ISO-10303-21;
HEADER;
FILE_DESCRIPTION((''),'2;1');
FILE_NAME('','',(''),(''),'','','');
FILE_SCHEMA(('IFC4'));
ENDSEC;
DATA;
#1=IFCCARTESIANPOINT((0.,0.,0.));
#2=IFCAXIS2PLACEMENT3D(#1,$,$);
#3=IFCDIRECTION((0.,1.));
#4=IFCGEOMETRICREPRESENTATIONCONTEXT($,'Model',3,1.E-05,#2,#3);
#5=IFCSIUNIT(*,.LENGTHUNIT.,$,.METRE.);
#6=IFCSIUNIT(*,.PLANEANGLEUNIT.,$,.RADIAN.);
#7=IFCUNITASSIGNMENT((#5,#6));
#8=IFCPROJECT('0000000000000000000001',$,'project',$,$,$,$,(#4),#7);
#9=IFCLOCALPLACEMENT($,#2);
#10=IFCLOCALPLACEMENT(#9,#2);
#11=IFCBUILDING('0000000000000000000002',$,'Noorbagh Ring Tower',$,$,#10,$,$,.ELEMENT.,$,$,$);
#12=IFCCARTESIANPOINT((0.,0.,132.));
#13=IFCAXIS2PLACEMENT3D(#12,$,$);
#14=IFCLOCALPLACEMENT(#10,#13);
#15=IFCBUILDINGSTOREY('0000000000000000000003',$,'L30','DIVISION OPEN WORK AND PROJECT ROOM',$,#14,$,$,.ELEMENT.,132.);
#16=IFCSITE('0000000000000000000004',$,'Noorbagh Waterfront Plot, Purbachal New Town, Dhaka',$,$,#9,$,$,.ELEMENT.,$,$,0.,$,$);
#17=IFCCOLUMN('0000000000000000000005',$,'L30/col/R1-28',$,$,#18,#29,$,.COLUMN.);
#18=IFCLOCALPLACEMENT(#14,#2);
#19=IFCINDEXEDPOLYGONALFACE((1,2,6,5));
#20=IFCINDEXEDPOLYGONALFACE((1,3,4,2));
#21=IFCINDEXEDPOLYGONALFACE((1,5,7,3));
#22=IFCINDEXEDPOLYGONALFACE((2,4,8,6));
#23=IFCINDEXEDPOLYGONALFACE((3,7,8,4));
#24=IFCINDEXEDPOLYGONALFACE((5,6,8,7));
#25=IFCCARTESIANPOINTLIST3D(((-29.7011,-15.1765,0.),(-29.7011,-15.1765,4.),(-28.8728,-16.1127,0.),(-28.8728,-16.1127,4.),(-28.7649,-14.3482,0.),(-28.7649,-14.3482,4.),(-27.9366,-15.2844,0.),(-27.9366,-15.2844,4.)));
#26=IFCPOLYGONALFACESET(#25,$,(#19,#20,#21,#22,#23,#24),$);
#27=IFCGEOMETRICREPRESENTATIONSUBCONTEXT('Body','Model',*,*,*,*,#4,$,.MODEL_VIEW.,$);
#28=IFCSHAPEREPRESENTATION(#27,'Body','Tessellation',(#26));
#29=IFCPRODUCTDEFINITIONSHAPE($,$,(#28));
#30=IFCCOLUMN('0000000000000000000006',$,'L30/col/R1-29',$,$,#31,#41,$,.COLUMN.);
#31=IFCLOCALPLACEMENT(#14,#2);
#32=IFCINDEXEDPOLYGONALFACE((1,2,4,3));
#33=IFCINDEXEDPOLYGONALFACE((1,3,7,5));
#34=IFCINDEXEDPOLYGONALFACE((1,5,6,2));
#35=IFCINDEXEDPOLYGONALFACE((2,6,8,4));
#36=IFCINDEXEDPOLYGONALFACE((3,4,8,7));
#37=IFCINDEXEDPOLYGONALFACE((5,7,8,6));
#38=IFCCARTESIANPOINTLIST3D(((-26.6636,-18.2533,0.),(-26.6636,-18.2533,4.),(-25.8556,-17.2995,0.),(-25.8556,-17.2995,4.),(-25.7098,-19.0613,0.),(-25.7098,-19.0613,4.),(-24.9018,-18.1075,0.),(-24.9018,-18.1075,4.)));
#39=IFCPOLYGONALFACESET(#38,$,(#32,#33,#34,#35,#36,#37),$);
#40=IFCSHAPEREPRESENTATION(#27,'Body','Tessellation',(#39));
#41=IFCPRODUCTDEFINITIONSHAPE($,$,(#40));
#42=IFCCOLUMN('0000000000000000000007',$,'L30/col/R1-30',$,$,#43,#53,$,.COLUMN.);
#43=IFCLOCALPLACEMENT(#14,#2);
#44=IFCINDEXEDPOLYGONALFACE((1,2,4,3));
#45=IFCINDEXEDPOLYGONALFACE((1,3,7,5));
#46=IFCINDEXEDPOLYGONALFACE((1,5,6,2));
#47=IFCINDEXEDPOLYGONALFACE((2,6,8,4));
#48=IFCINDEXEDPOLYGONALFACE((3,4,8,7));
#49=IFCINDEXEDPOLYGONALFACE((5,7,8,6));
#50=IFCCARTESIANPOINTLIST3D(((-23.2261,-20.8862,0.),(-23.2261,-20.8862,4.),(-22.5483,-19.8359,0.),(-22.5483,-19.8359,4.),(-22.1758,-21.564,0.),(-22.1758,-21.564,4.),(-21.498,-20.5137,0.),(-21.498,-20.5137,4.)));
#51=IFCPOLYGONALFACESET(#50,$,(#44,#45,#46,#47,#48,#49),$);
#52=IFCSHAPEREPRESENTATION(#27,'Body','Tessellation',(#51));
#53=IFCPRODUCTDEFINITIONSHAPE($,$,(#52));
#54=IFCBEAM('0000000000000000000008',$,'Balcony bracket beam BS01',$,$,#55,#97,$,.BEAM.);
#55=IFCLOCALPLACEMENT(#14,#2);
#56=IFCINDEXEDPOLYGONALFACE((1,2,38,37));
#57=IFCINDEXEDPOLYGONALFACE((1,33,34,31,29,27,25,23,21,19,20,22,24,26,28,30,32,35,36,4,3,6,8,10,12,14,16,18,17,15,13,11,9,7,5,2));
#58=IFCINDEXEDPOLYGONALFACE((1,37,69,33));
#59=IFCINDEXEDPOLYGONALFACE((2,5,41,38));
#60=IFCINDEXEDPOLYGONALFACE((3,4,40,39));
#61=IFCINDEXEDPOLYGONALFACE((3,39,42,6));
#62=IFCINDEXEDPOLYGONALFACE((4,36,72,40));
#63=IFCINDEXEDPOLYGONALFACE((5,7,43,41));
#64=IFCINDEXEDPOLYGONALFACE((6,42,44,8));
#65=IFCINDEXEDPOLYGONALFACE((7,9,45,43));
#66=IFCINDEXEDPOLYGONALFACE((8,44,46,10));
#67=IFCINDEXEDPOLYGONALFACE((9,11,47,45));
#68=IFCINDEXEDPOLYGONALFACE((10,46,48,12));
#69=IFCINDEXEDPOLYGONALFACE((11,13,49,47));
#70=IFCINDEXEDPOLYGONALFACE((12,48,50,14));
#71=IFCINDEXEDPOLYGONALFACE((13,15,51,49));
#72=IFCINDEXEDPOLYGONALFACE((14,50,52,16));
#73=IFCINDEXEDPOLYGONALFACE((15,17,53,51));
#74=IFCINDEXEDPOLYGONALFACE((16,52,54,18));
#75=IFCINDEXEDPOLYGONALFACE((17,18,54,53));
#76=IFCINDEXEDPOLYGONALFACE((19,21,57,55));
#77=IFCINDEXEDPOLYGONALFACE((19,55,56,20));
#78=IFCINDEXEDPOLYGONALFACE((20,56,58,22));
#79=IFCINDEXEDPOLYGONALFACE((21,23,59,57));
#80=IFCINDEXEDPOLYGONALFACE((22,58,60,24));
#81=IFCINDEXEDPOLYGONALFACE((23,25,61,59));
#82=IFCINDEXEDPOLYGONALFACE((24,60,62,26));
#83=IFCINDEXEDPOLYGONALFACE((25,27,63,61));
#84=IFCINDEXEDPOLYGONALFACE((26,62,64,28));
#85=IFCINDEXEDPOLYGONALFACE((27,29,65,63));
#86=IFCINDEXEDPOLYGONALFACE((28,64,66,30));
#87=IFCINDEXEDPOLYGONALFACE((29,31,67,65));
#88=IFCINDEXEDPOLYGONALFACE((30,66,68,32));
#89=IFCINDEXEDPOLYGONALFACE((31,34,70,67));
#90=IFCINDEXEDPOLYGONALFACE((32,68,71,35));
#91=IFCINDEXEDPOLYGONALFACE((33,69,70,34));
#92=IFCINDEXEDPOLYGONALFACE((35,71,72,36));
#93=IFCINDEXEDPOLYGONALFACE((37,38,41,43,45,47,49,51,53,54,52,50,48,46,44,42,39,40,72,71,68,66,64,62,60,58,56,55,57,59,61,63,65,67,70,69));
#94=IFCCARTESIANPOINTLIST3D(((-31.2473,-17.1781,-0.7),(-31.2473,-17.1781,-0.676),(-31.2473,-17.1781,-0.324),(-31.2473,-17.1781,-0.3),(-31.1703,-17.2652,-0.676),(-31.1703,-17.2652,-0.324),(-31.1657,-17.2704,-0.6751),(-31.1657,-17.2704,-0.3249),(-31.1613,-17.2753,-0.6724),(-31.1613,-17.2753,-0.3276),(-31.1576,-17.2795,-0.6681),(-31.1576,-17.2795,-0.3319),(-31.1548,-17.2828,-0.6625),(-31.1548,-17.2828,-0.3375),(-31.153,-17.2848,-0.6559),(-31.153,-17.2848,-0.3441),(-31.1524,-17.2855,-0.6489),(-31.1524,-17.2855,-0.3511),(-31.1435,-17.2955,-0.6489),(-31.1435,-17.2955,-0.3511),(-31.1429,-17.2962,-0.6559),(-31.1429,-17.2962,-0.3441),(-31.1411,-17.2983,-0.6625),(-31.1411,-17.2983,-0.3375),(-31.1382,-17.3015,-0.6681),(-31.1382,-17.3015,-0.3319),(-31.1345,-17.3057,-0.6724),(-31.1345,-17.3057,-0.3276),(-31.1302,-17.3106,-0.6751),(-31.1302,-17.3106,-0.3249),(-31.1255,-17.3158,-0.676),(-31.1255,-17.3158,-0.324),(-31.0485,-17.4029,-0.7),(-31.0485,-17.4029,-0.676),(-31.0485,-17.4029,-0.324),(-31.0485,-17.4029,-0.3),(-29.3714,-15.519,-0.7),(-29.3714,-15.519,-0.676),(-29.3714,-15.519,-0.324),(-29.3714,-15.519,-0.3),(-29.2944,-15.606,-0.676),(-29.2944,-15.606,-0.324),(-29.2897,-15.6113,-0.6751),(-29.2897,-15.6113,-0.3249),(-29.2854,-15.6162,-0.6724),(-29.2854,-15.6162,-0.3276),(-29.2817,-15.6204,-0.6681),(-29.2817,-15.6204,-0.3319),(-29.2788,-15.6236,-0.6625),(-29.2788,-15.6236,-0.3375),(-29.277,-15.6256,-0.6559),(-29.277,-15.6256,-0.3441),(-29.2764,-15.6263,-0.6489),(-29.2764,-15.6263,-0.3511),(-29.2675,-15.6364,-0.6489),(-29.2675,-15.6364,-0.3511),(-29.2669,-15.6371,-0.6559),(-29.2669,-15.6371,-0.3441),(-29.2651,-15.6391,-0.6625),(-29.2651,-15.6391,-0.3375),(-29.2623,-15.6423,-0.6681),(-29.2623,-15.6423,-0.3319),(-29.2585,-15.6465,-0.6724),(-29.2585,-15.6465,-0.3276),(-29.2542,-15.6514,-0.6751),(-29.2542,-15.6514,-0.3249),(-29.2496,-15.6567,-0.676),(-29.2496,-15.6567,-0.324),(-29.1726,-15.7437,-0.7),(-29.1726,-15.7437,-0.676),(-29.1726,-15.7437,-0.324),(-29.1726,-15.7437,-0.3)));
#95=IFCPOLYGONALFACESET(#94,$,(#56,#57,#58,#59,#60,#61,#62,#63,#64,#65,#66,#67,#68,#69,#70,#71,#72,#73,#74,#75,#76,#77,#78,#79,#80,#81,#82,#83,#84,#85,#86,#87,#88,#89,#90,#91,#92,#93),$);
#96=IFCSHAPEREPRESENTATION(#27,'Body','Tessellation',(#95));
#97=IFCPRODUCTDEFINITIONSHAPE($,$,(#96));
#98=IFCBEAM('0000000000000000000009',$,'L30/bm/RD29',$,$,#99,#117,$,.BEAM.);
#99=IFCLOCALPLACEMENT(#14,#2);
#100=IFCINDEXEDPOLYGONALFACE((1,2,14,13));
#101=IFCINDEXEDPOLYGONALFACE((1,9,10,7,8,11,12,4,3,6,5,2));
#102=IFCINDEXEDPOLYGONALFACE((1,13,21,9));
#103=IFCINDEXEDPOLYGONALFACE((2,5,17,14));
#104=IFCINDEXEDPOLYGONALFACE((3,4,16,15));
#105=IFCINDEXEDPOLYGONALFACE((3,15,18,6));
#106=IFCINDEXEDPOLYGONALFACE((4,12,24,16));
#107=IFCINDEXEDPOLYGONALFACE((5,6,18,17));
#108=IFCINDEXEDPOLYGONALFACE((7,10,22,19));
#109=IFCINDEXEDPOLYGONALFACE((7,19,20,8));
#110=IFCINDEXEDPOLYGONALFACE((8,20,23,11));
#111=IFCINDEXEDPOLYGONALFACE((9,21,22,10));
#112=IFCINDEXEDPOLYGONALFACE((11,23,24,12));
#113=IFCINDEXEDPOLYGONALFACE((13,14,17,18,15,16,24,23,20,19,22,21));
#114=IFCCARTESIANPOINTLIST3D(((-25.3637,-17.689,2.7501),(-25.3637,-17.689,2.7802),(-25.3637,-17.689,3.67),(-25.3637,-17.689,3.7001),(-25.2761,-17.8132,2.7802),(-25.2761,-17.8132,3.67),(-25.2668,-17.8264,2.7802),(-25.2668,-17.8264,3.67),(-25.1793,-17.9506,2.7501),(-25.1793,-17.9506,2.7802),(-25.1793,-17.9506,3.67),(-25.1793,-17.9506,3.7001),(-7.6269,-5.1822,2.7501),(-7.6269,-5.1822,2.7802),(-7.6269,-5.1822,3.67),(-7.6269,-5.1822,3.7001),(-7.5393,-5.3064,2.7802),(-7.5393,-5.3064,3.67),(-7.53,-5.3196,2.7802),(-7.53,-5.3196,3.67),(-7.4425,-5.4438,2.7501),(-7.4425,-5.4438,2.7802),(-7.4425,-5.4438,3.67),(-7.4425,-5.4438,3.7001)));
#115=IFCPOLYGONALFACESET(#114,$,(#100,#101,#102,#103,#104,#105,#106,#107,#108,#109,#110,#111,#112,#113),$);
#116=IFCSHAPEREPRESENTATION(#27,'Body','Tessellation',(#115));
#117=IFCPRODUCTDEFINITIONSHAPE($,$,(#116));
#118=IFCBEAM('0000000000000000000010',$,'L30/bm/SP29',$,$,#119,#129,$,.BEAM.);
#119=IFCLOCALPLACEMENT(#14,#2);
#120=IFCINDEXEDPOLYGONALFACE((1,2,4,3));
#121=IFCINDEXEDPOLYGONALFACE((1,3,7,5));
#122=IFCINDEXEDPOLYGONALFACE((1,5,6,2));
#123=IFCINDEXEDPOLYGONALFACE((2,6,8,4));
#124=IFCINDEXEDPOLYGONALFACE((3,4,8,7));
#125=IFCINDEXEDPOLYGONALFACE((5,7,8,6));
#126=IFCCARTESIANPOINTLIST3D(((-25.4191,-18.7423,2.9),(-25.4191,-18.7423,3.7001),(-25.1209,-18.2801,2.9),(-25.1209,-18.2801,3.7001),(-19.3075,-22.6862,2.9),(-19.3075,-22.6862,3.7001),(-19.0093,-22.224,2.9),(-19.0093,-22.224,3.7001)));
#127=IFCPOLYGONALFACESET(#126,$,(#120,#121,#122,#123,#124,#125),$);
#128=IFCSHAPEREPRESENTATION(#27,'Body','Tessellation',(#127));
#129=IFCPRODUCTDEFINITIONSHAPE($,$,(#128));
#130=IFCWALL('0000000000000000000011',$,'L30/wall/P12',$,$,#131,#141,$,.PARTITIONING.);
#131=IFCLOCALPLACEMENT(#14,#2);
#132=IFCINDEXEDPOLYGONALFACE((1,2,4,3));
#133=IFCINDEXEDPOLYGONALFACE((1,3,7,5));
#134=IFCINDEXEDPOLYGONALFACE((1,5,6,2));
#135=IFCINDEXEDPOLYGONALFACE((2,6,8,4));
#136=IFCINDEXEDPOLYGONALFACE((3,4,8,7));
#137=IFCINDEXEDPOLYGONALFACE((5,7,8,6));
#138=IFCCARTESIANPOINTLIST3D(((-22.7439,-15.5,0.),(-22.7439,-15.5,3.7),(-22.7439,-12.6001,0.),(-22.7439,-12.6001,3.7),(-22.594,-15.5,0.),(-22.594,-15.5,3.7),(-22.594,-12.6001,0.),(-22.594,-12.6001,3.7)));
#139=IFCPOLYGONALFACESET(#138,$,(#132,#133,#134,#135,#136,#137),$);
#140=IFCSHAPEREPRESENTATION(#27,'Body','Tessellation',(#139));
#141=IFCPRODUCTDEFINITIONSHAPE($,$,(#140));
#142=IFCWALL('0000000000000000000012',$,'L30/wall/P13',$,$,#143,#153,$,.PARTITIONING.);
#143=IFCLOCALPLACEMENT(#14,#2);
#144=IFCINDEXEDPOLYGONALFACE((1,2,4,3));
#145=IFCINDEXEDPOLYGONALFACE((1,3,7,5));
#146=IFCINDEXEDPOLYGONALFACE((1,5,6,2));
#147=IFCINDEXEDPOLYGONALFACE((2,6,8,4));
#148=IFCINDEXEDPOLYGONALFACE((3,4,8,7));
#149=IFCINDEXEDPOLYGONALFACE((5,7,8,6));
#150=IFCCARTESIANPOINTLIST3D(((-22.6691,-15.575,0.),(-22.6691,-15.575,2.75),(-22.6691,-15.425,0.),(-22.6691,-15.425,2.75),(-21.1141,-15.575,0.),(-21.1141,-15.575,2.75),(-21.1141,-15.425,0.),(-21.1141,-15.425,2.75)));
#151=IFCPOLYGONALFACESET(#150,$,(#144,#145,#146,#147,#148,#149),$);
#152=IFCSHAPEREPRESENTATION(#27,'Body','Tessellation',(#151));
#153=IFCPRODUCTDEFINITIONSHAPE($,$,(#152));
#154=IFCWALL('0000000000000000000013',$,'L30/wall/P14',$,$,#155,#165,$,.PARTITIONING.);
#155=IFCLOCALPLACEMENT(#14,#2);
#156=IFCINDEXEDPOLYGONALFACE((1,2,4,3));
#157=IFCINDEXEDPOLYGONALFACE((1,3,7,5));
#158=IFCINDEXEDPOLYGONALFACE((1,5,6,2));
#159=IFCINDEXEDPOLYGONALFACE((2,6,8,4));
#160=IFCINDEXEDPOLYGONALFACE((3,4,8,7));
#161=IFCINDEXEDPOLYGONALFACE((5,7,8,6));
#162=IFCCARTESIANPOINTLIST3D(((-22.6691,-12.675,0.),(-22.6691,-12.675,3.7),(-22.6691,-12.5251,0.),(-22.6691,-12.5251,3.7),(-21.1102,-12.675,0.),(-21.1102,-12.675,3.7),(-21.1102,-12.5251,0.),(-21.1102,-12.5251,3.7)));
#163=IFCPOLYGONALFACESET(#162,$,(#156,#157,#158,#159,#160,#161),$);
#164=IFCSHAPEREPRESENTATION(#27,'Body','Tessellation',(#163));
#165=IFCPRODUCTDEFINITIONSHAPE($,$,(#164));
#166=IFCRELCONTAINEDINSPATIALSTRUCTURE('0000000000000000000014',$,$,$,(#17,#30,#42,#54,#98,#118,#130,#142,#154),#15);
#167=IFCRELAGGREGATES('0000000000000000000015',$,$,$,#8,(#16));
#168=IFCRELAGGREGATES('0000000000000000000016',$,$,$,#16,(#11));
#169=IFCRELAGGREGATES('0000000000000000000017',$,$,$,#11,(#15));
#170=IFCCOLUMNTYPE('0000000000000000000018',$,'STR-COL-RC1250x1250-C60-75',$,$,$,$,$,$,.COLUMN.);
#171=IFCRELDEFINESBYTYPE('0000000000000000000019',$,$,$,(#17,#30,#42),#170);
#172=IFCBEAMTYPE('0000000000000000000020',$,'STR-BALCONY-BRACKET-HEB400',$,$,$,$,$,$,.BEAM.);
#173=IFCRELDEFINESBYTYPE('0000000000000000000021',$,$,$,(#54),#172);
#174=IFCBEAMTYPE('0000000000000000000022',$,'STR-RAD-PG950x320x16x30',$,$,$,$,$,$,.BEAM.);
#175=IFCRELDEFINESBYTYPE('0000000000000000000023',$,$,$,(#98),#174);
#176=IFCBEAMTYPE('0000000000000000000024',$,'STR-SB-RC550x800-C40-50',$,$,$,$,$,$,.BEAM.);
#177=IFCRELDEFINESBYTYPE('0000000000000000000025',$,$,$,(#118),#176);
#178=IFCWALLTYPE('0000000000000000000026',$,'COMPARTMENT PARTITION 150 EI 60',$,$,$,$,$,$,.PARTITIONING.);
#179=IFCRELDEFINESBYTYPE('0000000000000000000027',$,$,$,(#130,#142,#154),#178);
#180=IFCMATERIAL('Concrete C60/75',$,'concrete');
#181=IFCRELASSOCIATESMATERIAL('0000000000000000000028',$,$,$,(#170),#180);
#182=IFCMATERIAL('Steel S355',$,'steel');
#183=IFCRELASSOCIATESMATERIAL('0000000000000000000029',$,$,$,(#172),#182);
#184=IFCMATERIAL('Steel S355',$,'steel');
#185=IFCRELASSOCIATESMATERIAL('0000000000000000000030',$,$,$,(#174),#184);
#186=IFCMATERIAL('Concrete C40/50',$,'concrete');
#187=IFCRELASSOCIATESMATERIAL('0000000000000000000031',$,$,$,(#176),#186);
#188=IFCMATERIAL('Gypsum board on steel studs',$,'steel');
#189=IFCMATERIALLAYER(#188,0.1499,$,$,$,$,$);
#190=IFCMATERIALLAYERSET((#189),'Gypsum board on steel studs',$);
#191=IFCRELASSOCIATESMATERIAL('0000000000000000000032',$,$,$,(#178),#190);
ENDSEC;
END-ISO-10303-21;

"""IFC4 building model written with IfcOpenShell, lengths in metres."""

from ifc_helpers import new_model, si_unit, direction, frame, frame_2d, origin, origin_2d, place, context, subcontext, project, spatial, rectangle, i_section, extrude, material, layer, layer_set, material_profile, profile_set, type_object, element, save


model = new_model("IFC4")

# Units and contexts
model_context = context("Model", 3, precision=1e-05, world=origin(), true_north=direction((0.0, 1.0)))
body_context = subcontext(model_context, "Body", "Model", "MODEL_VIEW")
ifc_project = project(units=[si_unit("LENGTHUNIT", "METRE"), si_unit("PLANEANGLEUNIT", "RADIAN")], contexts=[model_context])

# Site, building, storey
site_placement = place(None, origin())
site = spatial("IfcSite", under=ifc_project, at=site_placement, Name="Noorbagh Waterfront Plot, Purbachal New Town, Dhaka", CompositionType="ELEMENT", RefElevation=0.0)
building_placement = place(site_placement, origin())
building = spatial("IfcBuilding", under=site, at=building_placement, Name="Noorbagh Ring Tower", CompositionType="ELEMENT")
storey_placement = place(building_placement, frame((0.0, 0.0, 132.0)))
storey = spatial("IfcBuildingStorey", under=building, at=storey_placement, Name="L30", Description="DIVISION OPEN WORK AND PROJECT ROOM", CompositionType="ELEMENT", Elevation=132.0)

# Columns
ifc_material_1 = material(Name="Concrete C60/75", Category="concrete")
ifc_material_profile_1 = material_profile(ifc_material_1, rectangle(XDim=1.25, YDim=1.25, at=origin_2d()), Name="RC1250x1250")
ifc_profile_set_1 = profile_set([ifc_material_profile_1], Name="Concrete C60/75")
column_type = type_object("IfcColumnType", Name="STR-COL-RC1250x1250-C60-75", PredefinedType="COLUMN", material=ifc_profile_set_1)
for number, where, z_axis, x_axis, name in (
    (1, (-28.8188, -15.2305, 0.0), (0.0, 0.0, 1.0), (0.662636, -0.748942, 0.0), "L30/col/R1-28"),
    (2, (-25.7827, -18.1804, 0.0), (0.0, 0.0, 1.0), (0.763035, -0.646357, 0.0), "L30/col/R1-29"),
    (3, (-22.3621, -20.7, 0.0), (0.0, 0.0, 1.0), (0.840248, -0.542203, 0.0), "L30/col/R1-30"),
):
    element("IfcColumn", number, at=place(storey_placement, frame(where, z_axis=z_axis, x_axis=x_axis)), inside=storey, type_object=column_type, Name=name, PredefinedType="COLUMN", context=body_context, shape_type="SweptSolid", body=[
        extrude(rectangle(XDim=1.25, YDim=1.25, at=origin_2d()), origin(), (0.0, 0.0, 1.0), 4.0),
    ])

# Beams
ifc_material_2 = material(Name="Steel S355", Category="steel")
ifc_material_profile_2 = material_profile(ifc_material_2, i_section(OverallWidth=0.3, OverallDepth=0.3999, WebThickness=0.0134, FlangeThickness=0.0239, FilletRadius=0.0271, at=origin_2d()), Name="HEB400")
ifc_profile_set_2 = profile_set([ifc_material_profile_2], Name="Steel S355")
beam_type_1 = type_object("IfcBeamType", Name="STR-BALCONY-BRACKET-HEB400", PredefinedType="BEAM", material=ifc_profile_set_2)
beam_1_placement = place(storey_placement, frame((-29.272, -15.6313, -0.5), z_axis=(-0.749064, -0.662498, 0.0), x_axis=(0.662498, -0.749064, 0.0)))
element("IfcBeam", 4, at=beam_1_placement, inside=storey, type_object=beam_type_1, Name="Balcony bracket beam BS01", PredefinedType="BEAM", context=body_context, shape_type="SweptSolid", body=[
    extrude(i_section(OverallWidth=0.3, OverallDepth=0.3999, WebThickness=0.0134, FlangeThickness=0.0239, FilletRadius=0.0271, at=origin_2d()), origin(), (0.0, 0.0, 1.0), 2.5044),
])
ifc_material_3 = material(Name="Steel S355", Category="steel")
ifc_material_profile_3 = material_profile(ifc_material_3, i_section(OverallWidth=0.3201, OverallDepth=0.95, WebThickness=0.0161, FlangeThickness=0.03, at=origin_2d()), Name="PG950x320x16x30")
ifc_profile_set_3 = profile_set([ifc_material_profile_3], Name="Steel S355")
beam_type_2 = type_object("IfcBeamType", Name="STR-RAD-PG950x320x16x30", PredefinedType="BEAM", material=ifc_profile_set_3)
beam_2_placement = place(storey_placement, frame((-25.2715, -17.8198, 3.2251), z_axis=(0.817256, 0.576275, 0.0), x_axis=(-0.576275, 0.817256, 0.0)))
element("IfcBeam", 5, at=beam_2_placement, inside=storey, type_object=beam_type_2, Name="L30/bm/RD29", PredefinedType="BEAM", context=body_context, shape_type="SweptSolid", body=[
    extrude(i_section(OverallWidth=0.3201, OverallDepth=0.95, WebThickness=0.0161, FlangeThickness=0.03, at=origin_2d()), origin(), (0.0, 0.0, 1.0), 21.7029),
])
ifc_material_4 = material(Name="Concrete C40/50", Category="concrete")
ifc_material_profile_4 = material_profile(ifc_material_4, rectangle(XDim=0.55, YDim=0.8, at=origin_2d()), Name="RC550x800")
ifc_profile_set_4 = profile_set([ifc_material_profile_4], Name="Concrete C40/50")
beam_type_3 = type_object("IfcBeamType", Name="STR-SB-RC550x800-C40-50", PredefinedType="BEAM", material=ifc_profile_set_4)
beam_3_placement = place(storey_placement, frame((-25.27, -18.5112, 3.3), z_axis=(0.84024, -0.542214, 0.0), x_axis=(0.542214, 0.84024, 0.0)))
element("IfcBeam", 6, at=beam_3_placement, inside=storey, type_object=beam_type_3, Name="L30/bm/SP29", PredefinedType="BEAM", context=body_context, shape_type="SweptSolid", body=[
    extrude(rectangle(XDim=0.55, YDim=0.8, at=origin_2d()), origin(), (0.0, 0.0, 1.0), 7.2737),
])

# Walls
ifc_material_5 = material(Name="Gypsum board on steel studs", Category="steel")
ifc_layer_1 = layer(ifc_material_5, 0.1499)
ifc_layer_set_1 = layer_set([ifc_layer_1], Name="Gypsum board on steel studs")
wall_type_1 = type_object("IfcWallType", Name="COMPARTMENT PARTITION 150 EI 60", PredefinedType="PARTITIONING", material=ifc_layer_set_1)
wall_1_placement = place(storey_placement, frame((-22.6689, -15.5, 0.0), z_axis=(0.0, 0.0, 1.0), x_axis=(0.0, 1.0, 0.0)))
element("IfcWall", 7, at=wall_1_placement, inside=storey, type_object=wall_type_1, Name="L30/wall/P12", PredefinedType="PARTITIONING", context=body_context, shape_type="SweptSolid", body=[
    extrude(rectangle(XDim=2.8999, YDim=0.1499, at=frame_2d((1.45, 0.0))), origin(), (0.0, 0.0, 1.0), 3.7),
])
wall_2_placement = place(storey_placement, frame((-22.6689, -15.5, 0.0), z_axis=(0.0, 0.0, 1.0), x_axis=(1.0, 0.0, 0.0)))
element("IfcWall", 8, at=wall_2_placement, inside=storey, type_object=wall_type_1, Name="L30/wall/P13", PredefinedType="PARTITIONING", context=body_context, shape_type="SweptSolid", body=[
    extrude(rectangle(XDim=1.5549, YDim=0.1499, at=frame_2d((0.7773, 0.0))), origin(), (0.0, 0.0, 1.0), 2.75),
])
wall_3_placement = place(storey_placement, frame((-22.6689, -12.6001, 0.0), z_axis=(0.0, 0.0, 1.0), x_axis=(1.0, 0.0, 0.0)))
element("IfcWall", 9, at=wall_3_placement, inside=storey, type_object=wall_type_1, Name="L30/wall/P14", PredefinedType="PARTITIONING", context=body_context, shape_type="SweptSolid", body=[
    extrude(rectangle(XDim=1.5588, YDim=0.1499, at=frame_2d((0.7793, 0.0))), origin(), (0.0, 0.0, 1.0), 3.7),
])

save(model, "model.ifc")
